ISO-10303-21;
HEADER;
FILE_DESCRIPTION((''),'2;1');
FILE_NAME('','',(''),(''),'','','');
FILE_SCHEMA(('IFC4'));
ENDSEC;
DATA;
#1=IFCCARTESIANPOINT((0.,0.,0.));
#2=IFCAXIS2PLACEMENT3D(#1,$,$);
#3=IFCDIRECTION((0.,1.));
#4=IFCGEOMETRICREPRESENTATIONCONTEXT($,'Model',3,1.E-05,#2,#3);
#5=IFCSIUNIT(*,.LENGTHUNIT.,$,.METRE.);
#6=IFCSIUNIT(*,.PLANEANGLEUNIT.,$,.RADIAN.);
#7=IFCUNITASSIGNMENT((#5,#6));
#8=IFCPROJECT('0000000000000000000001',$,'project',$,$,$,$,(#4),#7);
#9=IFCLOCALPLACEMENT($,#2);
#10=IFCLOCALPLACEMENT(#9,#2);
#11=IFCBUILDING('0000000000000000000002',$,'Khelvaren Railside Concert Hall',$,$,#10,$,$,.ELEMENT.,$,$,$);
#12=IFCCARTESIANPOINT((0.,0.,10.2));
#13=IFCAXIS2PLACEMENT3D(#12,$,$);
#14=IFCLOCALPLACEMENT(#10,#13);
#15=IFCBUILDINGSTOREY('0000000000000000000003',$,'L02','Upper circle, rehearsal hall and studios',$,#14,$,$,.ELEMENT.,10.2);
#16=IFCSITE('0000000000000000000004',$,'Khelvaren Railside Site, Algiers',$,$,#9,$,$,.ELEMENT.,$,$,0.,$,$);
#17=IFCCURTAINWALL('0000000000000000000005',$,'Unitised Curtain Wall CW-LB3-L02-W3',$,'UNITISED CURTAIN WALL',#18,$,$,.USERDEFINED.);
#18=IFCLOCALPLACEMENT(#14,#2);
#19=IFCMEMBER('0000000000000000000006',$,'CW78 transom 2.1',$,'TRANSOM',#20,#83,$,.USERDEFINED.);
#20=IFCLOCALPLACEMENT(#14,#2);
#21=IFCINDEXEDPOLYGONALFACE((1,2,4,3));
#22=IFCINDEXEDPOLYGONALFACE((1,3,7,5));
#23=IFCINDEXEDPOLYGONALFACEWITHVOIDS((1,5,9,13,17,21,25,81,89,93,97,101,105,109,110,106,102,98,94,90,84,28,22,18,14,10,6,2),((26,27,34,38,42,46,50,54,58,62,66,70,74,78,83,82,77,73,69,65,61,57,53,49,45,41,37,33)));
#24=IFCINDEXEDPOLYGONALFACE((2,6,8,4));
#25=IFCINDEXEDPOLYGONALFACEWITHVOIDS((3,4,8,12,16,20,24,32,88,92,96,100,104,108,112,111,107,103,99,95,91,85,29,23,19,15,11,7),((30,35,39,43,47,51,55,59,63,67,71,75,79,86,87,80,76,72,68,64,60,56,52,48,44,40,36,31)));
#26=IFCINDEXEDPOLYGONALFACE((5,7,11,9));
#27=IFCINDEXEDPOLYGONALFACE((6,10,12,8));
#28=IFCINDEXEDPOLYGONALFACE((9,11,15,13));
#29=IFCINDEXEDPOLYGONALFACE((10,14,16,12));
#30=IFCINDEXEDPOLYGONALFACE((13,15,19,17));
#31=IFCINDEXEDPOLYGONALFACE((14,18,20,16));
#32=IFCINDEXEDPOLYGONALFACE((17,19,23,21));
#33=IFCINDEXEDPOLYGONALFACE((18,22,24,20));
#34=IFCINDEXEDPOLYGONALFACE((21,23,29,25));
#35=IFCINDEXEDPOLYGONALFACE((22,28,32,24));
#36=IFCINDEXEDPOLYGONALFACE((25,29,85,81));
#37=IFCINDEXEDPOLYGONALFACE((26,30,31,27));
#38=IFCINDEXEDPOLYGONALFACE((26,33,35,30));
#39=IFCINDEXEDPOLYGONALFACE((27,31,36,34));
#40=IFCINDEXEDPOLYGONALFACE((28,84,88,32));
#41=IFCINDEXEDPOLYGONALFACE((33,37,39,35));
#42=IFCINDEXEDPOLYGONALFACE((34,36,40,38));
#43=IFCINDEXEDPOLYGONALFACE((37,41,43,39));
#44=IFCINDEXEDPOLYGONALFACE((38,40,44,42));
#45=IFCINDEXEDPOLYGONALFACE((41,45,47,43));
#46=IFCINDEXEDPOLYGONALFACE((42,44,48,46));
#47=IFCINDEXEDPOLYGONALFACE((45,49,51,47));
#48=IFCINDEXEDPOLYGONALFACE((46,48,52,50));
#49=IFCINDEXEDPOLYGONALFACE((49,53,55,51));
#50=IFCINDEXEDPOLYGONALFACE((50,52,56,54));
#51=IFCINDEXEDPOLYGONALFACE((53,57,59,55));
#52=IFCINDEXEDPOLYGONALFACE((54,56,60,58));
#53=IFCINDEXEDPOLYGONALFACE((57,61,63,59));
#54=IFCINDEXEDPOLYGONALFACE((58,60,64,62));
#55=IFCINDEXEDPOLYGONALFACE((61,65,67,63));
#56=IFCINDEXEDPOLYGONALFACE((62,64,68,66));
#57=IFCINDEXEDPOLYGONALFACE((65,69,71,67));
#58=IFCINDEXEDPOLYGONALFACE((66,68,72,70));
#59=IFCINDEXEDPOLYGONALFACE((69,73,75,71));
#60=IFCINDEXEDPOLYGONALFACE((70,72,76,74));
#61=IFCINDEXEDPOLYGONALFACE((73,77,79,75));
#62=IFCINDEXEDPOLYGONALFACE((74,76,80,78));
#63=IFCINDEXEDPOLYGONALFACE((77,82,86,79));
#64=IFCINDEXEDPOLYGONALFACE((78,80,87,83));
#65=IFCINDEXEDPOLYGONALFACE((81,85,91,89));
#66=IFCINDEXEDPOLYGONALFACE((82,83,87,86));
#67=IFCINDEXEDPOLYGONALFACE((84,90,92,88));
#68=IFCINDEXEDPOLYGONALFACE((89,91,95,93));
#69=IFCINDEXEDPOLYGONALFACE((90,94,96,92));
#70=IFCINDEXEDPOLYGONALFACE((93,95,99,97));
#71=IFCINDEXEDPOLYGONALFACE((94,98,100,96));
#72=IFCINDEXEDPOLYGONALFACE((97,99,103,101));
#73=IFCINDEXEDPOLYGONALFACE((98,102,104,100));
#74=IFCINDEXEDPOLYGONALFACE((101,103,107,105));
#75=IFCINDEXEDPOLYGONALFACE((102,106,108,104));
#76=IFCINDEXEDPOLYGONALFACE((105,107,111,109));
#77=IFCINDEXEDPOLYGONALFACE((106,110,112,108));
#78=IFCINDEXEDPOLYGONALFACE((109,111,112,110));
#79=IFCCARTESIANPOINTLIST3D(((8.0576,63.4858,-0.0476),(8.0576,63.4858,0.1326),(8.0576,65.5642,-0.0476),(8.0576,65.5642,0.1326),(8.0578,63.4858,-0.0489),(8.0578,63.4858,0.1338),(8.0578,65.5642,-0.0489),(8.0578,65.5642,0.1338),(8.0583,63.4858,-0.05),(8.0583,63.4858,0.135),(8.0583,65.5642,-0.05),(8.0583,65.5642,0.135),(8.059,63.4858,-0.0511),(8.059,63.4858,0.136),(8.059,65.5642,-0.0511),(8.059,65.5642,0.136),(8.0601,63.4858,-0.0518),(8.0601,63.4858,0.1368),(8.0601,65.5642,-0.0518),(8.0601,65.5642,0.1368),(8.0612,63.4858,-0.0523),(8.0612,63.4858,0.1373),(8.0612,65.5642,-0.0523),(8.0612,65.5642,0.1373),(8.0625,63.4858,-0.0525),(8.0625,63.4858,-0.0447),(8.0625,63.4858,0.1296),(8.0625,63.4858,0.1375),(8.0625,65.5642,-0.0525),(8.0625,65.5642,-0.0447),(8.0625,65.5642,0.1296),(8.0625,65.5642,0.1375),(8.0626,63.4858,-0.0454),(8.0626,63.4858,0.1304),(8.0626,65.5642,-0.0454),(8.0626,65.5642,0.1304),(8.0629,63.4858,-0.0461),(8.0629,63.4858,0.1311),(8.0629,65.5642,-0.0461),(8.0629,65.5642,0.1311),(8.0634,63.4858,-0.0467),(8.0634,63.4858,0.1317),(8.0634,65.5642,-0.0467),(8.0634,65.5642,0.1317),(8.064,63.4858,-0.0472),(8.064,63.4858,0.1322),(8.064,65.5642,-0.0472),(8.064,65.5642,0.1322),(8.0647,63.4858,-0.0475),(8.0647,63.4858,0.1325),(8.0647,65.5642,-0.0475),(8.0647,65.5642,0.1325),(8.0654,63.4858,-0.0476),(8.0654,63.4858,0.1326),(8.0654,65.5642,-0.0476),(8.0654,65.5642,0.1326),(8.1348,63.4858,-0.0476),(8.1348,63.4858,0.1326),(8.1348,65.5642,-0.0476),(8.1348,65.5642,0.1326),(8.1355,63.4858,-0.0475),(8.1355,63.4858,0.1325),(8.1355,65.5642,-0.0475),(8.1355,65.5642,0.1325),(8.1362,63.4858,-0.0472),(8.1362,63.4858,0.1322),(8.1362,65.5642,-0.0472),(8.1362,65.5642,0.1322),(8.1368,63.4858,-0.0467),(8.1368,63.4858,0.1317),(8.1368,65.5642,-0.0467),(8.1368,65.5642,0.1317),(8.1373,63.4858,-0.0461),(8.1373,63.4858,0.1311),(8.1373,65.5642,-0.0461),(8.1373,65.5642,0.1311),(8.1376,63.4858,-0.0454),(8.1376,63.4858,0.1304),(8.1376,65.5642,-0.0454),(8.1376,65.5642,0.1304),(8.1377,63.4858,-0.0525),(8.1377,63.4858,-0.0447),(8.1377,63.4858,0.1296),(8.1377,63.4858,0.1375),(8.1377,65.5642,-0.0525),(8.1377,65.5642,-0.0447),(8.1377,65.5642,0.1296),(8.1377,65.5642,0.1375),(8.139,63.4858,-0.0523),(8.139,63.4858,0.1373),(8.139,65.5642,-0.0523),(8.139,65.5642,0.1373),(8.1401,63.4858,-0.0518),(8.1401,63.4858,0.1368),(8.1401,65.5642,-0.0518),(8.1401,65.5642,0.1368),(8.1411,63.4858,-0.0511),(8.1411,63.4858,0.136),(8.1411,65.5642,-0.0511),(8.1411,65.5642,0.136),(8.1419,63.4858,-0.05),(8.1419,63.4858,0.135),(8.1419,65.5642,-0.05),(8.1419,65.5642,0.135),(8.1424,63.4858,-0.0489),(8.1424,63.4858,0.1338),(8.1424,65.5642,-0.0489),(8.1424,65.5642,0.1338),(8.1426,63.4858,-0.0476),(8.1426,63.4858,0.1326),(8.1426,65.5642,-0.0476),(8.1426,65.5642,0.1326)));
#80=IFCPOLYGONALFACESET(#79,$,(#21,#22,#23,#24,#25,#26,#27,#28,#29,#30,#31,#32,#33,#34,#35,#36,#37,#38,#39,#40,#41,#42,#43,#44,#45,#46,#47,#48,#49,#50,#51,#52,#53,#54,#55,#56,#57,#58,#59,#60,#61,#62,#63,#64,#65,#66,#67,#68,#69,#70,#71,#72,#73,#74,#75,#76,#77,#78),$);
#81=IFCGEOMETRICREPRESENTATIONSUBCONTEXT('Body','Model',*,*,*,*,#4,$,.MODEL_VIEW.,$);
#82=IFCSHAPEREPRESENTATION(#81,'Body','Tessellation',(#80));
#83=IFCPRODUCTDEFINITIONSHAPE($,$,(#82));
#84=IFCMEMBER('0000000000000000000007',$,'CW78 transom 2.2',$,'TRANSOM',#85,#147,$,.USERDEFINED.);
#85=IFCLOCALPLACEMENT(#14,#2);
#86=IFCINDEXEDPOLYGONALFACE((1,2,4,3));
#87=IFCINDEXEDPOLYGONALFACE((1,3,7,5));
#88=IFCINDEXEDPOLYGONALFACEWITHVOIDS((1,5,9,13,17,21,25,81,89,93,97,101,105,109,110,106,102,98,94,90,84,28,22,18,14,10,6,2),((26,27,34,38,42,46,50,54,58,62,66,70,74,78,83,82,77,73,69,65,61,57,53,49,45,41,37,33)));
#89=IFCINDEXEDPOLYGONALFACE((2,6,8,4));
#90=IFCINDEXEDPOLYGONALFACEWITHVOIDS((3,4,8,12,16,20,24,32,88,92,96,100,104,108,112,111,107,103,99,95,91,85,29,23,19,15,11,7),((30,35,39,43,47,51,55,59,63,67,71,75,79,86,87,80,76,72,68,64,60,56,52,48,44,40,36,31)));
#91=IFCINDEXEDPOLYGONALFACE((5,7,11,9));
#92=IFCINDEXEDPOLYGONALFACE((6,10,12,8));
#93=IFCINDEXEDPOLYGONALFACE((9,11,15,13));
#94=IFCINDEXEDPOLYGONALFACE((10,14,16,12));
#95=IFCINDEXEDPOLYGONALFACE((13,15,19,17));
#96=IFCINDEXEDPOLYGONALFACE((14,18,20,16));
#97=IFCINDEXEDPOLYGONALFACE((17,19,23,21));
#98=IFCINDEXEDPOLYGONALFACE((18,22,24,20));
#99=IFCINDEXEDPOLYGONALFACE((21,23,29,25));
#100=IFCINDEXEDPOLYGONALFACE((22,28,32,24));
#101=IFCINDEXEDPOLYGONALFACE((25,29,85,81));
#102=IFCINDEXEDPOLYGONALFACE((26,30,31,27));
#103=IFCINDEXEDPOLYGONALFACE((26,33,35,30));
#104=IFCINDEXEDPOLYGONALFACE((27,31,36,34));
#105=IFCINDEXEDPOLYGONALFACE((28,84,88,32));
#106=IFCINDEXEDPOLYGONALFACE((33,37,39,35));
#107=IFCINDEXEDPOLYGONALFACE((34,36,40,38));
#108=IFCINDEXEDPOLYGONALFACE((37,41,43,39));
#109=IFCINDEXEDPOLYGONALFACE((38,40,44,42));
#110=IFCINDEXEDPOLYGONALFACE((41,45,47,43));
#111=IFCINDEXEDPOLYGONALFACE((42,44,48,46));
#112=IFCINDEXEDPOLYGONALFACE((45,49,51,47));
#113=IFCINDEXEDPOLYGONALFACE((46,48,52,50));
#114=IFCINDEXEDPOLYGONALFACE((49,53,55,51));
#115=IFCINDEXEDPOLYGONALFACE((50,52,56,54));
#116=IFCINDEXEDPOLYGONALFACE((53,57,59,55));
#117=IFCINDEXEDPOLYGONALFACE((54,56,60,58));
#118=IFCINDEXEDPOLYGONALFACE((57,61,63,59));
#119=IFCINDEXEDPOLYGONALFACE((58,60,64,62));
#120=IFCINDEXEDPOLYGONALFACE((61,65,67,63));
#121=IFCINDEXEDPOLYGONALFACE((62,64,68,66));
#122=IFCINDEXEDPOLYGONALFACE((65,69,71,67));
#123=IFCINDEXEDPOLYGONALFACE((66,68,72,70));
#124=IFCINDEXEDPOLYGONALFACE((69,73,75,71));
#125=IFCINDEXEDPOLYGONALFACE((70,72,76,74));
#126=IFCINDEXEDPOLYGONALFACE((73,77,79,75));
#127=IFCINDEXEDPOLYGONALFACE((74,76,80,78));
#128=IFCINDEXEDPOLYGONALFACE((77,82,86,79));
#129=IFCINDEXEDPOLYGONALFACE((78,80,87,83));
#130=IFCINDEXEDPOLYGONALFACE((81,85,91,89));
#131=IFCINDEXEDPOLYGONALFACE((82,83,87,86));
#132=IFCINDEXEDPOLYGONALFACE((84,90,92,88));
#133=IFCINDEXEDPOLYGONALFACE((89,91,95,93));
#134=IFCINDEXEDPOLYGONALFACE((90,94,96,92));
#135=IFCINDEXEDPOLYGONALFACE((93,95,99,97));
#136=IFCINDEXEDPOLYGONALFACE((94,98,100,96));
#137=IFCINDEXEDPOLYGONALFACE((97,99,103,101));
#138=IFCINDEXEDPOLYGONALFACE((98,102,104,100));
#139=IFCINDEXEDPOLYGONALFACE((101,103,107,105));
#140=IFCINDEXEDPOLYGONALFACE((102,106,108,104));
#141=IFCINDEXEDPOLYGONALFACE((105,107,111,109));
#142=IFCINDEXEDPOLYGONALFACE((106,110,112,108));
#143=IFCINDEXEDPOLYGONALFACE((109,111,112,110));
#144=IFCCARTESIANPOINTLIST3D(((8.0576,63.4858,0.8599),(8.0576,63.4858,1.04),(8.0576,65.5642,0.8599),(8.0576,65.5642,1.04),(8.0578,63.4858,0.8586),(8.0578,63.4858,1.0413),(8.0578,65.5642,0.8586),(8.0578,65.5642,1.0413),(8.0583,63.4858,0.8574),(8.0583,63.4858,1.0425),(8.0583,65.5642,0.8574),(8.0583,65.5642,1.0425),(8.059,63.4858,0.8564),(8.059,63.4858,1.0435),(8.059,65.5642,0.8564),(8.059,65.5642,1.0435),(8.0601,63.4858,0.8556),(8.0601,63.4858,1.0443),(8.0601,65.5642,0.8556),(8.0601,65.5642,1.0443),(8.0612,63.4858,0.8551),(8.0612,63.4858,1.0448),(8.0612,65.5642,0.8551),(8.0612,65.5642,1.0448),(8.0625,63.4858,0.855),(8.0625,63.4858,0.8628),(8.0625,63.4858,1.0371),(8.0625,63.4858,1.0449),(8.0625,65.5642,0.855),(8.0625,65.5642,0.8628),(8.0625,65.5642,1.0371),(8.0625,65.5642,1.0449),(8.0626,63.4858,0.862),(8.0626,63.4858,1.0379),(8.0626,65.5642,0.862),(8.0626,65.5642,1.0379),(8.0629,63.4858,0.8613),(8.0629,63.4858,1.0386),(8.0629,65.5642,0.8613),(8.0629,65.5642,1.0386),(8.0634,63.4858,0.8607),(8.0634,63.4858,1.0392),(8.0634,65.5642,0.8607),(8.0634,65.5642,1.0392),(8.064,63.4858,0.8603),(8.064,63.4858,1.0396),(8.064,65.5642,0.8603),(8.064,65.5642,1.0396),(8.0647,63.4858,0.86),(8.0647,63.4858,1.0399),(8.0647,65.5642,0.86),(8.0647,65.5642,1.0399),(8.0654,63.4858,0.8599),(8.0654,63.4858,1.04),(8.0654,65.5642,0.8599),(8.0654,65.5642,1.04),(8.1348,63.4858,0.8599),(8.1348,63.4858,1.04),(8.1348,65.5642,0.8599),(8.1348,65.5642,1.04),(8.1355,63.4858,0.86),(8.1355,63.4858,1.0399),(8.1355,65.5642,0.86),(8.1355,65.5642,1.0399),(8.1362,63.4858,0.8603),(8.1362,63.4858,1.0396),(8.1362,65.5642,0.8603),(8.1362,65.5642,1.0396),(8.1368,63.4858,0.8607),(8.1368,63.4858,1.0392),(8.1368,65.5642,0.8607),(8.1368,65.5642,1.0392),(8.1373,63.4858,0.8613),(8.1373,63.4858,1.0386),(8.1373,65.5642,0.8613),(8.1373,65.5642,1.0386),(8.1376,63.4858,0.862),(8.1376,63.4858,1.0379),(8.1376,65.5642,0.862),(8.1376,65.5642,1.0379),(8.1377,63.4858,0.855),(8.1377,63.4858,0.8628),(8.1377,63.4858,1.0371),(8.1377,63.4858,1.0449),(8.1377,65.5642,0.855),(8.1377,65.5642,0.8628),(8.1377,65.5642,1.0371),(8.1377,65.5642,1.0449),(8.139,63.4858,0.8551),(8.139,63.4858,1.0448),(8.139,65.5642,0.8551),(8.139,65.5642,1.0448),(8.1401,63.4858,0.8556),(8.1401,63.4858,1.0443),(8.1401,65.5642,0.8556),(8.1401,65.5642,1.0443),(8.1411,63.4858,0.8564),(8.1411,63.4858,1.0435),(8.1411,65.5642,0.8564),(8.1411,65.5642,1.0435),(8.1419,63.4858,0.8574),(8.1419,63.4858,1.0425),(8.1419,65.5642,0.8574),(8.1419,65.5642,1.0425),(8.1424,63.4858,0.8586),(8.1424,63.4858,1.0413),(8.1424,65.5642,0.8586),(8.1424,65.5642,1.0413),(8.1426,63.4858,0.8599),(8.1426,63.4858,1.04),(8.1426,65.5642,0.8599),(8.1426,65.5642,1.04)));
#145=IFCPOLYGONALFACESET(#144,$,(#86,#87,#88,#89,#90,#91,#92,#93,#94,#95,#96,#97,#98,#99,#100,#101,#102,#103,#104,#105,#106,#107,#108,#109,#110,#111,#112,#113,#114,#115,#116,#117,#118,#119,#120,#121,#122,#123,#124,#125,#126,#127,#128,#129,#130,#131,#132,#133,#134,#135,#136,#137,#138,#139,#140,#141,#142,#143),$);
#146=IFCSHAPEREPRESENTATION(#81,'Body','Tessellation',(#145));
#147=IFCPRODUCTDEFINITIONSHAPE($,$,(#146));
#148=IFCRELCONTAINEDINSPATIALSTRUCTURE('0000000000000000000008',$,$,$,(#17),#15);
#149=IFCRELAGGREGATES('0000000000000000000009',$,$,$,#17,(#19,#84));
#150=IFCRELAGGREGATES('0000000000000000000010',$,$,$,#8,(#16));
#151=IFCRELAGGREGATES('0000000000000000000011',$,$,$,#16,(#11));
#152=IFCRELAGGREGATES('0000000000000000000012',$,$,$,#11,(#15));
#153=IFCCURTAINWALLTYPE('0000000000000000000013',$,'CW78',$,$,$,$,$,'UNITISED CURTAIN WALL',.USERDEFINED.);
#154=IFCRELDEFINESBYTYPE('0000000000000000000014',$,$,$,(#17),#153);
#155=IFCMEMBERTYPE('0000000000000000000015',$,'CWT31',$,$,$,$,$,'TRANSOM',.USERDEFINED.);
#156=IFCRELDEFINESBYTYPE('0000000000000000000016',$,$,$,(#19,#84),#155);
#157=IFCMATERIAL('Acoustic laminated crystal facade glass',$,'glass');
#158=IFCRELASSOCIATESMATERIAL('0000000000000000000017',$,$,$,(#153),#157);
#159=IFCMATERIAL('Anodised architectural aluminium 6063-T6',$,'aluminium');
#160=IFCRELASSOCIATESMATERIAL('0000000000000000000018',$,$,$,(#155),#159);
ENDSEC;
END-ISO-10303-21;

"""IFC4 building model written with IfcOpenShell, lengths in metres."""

from ifc_helpers import new_model, si_unit, direction, frame, origin, origin_2d, place, context, subcontext, project, spatial, hollow_rectangle, extrude, material, material_profile, profile_set, type_object, element, aggregate, save


model = new_model("IFC4")

# Units and contexts
model_context = context("Model", 3, precision=1e-05, world=origin(), true_north=direction((0.0, 1.0)))
body_context = subcontext(model_context, "Body", "Model", "MODEL_VIEW")
ifc_project = project(units=[si_unit("LENGTHUNIT", "METRE"), si_unit("PLANEANGLEUNIT", "RADIAN")], contexts=[model_context])

# Site, building, storey
site_placement = place(None, origin())
site = spatial("IfcSite", under=ifc_project, at=site_placement, Name="Khelvaren Railside Site, Algiers", CompositionType="ELEMENT", RefElevation=0.0)
building_placement = place(site_placement, origin())
building = spatial("IfcBuilding", under=site, at=building_placement, Name="Khelvaren Railside Concert Hall", CompositionType="ELEMENT")
storey_placement = place(building_placement, frame((0.0, 0.0, 10.2)))
storey = spatial("IfcBuildingStorey", under=building, at=storey_placement, Name="L02", Description="Upper circle, rehearsal hall and studios", CompositionType="ELEMENT", Elevation=10.2)

# Curtain wall
ifc_material_1 = material(Name="Acoustic laminated crystal facade glass", Category="glass")
curtain_wall_type = type_object("IfcCurtainWallType", Name="CW78", ElementType="UNITISED CURTAIN WALL", PredefinedType="USERDEFINED", material=ifc_material_1)
ifc_material_2 = material(Name="Anodised architectural aluminium 6063-T6", Category="aluminium")
curtain_wall_1_placement = place(storey_placement, origin())
curtain_wall_1 = element("IfcCurtainWall", 1, at=curtain_wall_1_placement, inside=storey, type_object=curtain_wall_type, Name="Unitised Curtain Wall CW-LB3-L02-W3", ObjectType="UNITISED CURTAIN WALL", PredefinedType="USERDEFINED")

# Members
ifc_material_profile_1 = material_profile(ifc_material_2, hollow_rectangle(XDim=0.085, YDim=0.1899, WallThickness=0.0049, InnerFilletRadius=0.0029, OuterFilletRadius=0.0049, at=origin_2d()), Name="CWT 85x190x5")
ifc_profile_set_1 = profile_set([ifc_material_profile_1], Name="Anodised architectural aluminium 6063-T6")
member_type_1 = type_object("IfcMemberType", Name="CWT31", ElementType="TRANSOM", PredefinedType="USERDEFINED", material=ifc_profile_set_1)
member_1_placement = place(storey_placement, frame((8.1001, 63.4858, 0.0425), z_axis=(0.0, 1.0, 0.0), x_axis=(-1.0, 0.0, 0.0)))
member_1 = element("IfcMember", 2, at=member_1_placement, type_object=member_type_1, Name="CW78 transom 2.1", ObjectType="TRANSOM", PredefinedType="USERDEFINED", context=body_context, shape_type="SweptSolid", body=[
    extrude(hollow_rectangle(XDim=0.085, YDim=0.1899, WallThickness=0.0049, InnerFilletRadius=0.0029, OuterFilletRadius=0.0049, at=origin_2d()), origin(), (0.0, 0.0, 1.0), 2.0784),
])
member_2_placement = place(storey_placement, frame((8.1001, 63.4858, 0.95), z_axis=(0.0, 1.0, 0.0), x_axis=(-1.0, 0.0, 0.0)))
member_2 = element("IfcMember", 3, at=member_2_placement, type_object=member_type_1, Name="CW78 transom 2.2", ObjectType="TRANSOM", PredefinedType="USERDEFINED", context=body_context, shape_type="SweptSolid", body=[
    extrude(hollow_rectangle(XDim=0.085, YDim=0.1899, WallThickness=0.0049, InnerFilletRadius=0.0029, OuterFilletRadius=0.0049, at=origin_2d()), origin(), (0.0, 0.0, 1.0), 2.0784),
])

aggregate(curtain_wall_1, [member_1, member_2])

save(model, "model.ifc")
